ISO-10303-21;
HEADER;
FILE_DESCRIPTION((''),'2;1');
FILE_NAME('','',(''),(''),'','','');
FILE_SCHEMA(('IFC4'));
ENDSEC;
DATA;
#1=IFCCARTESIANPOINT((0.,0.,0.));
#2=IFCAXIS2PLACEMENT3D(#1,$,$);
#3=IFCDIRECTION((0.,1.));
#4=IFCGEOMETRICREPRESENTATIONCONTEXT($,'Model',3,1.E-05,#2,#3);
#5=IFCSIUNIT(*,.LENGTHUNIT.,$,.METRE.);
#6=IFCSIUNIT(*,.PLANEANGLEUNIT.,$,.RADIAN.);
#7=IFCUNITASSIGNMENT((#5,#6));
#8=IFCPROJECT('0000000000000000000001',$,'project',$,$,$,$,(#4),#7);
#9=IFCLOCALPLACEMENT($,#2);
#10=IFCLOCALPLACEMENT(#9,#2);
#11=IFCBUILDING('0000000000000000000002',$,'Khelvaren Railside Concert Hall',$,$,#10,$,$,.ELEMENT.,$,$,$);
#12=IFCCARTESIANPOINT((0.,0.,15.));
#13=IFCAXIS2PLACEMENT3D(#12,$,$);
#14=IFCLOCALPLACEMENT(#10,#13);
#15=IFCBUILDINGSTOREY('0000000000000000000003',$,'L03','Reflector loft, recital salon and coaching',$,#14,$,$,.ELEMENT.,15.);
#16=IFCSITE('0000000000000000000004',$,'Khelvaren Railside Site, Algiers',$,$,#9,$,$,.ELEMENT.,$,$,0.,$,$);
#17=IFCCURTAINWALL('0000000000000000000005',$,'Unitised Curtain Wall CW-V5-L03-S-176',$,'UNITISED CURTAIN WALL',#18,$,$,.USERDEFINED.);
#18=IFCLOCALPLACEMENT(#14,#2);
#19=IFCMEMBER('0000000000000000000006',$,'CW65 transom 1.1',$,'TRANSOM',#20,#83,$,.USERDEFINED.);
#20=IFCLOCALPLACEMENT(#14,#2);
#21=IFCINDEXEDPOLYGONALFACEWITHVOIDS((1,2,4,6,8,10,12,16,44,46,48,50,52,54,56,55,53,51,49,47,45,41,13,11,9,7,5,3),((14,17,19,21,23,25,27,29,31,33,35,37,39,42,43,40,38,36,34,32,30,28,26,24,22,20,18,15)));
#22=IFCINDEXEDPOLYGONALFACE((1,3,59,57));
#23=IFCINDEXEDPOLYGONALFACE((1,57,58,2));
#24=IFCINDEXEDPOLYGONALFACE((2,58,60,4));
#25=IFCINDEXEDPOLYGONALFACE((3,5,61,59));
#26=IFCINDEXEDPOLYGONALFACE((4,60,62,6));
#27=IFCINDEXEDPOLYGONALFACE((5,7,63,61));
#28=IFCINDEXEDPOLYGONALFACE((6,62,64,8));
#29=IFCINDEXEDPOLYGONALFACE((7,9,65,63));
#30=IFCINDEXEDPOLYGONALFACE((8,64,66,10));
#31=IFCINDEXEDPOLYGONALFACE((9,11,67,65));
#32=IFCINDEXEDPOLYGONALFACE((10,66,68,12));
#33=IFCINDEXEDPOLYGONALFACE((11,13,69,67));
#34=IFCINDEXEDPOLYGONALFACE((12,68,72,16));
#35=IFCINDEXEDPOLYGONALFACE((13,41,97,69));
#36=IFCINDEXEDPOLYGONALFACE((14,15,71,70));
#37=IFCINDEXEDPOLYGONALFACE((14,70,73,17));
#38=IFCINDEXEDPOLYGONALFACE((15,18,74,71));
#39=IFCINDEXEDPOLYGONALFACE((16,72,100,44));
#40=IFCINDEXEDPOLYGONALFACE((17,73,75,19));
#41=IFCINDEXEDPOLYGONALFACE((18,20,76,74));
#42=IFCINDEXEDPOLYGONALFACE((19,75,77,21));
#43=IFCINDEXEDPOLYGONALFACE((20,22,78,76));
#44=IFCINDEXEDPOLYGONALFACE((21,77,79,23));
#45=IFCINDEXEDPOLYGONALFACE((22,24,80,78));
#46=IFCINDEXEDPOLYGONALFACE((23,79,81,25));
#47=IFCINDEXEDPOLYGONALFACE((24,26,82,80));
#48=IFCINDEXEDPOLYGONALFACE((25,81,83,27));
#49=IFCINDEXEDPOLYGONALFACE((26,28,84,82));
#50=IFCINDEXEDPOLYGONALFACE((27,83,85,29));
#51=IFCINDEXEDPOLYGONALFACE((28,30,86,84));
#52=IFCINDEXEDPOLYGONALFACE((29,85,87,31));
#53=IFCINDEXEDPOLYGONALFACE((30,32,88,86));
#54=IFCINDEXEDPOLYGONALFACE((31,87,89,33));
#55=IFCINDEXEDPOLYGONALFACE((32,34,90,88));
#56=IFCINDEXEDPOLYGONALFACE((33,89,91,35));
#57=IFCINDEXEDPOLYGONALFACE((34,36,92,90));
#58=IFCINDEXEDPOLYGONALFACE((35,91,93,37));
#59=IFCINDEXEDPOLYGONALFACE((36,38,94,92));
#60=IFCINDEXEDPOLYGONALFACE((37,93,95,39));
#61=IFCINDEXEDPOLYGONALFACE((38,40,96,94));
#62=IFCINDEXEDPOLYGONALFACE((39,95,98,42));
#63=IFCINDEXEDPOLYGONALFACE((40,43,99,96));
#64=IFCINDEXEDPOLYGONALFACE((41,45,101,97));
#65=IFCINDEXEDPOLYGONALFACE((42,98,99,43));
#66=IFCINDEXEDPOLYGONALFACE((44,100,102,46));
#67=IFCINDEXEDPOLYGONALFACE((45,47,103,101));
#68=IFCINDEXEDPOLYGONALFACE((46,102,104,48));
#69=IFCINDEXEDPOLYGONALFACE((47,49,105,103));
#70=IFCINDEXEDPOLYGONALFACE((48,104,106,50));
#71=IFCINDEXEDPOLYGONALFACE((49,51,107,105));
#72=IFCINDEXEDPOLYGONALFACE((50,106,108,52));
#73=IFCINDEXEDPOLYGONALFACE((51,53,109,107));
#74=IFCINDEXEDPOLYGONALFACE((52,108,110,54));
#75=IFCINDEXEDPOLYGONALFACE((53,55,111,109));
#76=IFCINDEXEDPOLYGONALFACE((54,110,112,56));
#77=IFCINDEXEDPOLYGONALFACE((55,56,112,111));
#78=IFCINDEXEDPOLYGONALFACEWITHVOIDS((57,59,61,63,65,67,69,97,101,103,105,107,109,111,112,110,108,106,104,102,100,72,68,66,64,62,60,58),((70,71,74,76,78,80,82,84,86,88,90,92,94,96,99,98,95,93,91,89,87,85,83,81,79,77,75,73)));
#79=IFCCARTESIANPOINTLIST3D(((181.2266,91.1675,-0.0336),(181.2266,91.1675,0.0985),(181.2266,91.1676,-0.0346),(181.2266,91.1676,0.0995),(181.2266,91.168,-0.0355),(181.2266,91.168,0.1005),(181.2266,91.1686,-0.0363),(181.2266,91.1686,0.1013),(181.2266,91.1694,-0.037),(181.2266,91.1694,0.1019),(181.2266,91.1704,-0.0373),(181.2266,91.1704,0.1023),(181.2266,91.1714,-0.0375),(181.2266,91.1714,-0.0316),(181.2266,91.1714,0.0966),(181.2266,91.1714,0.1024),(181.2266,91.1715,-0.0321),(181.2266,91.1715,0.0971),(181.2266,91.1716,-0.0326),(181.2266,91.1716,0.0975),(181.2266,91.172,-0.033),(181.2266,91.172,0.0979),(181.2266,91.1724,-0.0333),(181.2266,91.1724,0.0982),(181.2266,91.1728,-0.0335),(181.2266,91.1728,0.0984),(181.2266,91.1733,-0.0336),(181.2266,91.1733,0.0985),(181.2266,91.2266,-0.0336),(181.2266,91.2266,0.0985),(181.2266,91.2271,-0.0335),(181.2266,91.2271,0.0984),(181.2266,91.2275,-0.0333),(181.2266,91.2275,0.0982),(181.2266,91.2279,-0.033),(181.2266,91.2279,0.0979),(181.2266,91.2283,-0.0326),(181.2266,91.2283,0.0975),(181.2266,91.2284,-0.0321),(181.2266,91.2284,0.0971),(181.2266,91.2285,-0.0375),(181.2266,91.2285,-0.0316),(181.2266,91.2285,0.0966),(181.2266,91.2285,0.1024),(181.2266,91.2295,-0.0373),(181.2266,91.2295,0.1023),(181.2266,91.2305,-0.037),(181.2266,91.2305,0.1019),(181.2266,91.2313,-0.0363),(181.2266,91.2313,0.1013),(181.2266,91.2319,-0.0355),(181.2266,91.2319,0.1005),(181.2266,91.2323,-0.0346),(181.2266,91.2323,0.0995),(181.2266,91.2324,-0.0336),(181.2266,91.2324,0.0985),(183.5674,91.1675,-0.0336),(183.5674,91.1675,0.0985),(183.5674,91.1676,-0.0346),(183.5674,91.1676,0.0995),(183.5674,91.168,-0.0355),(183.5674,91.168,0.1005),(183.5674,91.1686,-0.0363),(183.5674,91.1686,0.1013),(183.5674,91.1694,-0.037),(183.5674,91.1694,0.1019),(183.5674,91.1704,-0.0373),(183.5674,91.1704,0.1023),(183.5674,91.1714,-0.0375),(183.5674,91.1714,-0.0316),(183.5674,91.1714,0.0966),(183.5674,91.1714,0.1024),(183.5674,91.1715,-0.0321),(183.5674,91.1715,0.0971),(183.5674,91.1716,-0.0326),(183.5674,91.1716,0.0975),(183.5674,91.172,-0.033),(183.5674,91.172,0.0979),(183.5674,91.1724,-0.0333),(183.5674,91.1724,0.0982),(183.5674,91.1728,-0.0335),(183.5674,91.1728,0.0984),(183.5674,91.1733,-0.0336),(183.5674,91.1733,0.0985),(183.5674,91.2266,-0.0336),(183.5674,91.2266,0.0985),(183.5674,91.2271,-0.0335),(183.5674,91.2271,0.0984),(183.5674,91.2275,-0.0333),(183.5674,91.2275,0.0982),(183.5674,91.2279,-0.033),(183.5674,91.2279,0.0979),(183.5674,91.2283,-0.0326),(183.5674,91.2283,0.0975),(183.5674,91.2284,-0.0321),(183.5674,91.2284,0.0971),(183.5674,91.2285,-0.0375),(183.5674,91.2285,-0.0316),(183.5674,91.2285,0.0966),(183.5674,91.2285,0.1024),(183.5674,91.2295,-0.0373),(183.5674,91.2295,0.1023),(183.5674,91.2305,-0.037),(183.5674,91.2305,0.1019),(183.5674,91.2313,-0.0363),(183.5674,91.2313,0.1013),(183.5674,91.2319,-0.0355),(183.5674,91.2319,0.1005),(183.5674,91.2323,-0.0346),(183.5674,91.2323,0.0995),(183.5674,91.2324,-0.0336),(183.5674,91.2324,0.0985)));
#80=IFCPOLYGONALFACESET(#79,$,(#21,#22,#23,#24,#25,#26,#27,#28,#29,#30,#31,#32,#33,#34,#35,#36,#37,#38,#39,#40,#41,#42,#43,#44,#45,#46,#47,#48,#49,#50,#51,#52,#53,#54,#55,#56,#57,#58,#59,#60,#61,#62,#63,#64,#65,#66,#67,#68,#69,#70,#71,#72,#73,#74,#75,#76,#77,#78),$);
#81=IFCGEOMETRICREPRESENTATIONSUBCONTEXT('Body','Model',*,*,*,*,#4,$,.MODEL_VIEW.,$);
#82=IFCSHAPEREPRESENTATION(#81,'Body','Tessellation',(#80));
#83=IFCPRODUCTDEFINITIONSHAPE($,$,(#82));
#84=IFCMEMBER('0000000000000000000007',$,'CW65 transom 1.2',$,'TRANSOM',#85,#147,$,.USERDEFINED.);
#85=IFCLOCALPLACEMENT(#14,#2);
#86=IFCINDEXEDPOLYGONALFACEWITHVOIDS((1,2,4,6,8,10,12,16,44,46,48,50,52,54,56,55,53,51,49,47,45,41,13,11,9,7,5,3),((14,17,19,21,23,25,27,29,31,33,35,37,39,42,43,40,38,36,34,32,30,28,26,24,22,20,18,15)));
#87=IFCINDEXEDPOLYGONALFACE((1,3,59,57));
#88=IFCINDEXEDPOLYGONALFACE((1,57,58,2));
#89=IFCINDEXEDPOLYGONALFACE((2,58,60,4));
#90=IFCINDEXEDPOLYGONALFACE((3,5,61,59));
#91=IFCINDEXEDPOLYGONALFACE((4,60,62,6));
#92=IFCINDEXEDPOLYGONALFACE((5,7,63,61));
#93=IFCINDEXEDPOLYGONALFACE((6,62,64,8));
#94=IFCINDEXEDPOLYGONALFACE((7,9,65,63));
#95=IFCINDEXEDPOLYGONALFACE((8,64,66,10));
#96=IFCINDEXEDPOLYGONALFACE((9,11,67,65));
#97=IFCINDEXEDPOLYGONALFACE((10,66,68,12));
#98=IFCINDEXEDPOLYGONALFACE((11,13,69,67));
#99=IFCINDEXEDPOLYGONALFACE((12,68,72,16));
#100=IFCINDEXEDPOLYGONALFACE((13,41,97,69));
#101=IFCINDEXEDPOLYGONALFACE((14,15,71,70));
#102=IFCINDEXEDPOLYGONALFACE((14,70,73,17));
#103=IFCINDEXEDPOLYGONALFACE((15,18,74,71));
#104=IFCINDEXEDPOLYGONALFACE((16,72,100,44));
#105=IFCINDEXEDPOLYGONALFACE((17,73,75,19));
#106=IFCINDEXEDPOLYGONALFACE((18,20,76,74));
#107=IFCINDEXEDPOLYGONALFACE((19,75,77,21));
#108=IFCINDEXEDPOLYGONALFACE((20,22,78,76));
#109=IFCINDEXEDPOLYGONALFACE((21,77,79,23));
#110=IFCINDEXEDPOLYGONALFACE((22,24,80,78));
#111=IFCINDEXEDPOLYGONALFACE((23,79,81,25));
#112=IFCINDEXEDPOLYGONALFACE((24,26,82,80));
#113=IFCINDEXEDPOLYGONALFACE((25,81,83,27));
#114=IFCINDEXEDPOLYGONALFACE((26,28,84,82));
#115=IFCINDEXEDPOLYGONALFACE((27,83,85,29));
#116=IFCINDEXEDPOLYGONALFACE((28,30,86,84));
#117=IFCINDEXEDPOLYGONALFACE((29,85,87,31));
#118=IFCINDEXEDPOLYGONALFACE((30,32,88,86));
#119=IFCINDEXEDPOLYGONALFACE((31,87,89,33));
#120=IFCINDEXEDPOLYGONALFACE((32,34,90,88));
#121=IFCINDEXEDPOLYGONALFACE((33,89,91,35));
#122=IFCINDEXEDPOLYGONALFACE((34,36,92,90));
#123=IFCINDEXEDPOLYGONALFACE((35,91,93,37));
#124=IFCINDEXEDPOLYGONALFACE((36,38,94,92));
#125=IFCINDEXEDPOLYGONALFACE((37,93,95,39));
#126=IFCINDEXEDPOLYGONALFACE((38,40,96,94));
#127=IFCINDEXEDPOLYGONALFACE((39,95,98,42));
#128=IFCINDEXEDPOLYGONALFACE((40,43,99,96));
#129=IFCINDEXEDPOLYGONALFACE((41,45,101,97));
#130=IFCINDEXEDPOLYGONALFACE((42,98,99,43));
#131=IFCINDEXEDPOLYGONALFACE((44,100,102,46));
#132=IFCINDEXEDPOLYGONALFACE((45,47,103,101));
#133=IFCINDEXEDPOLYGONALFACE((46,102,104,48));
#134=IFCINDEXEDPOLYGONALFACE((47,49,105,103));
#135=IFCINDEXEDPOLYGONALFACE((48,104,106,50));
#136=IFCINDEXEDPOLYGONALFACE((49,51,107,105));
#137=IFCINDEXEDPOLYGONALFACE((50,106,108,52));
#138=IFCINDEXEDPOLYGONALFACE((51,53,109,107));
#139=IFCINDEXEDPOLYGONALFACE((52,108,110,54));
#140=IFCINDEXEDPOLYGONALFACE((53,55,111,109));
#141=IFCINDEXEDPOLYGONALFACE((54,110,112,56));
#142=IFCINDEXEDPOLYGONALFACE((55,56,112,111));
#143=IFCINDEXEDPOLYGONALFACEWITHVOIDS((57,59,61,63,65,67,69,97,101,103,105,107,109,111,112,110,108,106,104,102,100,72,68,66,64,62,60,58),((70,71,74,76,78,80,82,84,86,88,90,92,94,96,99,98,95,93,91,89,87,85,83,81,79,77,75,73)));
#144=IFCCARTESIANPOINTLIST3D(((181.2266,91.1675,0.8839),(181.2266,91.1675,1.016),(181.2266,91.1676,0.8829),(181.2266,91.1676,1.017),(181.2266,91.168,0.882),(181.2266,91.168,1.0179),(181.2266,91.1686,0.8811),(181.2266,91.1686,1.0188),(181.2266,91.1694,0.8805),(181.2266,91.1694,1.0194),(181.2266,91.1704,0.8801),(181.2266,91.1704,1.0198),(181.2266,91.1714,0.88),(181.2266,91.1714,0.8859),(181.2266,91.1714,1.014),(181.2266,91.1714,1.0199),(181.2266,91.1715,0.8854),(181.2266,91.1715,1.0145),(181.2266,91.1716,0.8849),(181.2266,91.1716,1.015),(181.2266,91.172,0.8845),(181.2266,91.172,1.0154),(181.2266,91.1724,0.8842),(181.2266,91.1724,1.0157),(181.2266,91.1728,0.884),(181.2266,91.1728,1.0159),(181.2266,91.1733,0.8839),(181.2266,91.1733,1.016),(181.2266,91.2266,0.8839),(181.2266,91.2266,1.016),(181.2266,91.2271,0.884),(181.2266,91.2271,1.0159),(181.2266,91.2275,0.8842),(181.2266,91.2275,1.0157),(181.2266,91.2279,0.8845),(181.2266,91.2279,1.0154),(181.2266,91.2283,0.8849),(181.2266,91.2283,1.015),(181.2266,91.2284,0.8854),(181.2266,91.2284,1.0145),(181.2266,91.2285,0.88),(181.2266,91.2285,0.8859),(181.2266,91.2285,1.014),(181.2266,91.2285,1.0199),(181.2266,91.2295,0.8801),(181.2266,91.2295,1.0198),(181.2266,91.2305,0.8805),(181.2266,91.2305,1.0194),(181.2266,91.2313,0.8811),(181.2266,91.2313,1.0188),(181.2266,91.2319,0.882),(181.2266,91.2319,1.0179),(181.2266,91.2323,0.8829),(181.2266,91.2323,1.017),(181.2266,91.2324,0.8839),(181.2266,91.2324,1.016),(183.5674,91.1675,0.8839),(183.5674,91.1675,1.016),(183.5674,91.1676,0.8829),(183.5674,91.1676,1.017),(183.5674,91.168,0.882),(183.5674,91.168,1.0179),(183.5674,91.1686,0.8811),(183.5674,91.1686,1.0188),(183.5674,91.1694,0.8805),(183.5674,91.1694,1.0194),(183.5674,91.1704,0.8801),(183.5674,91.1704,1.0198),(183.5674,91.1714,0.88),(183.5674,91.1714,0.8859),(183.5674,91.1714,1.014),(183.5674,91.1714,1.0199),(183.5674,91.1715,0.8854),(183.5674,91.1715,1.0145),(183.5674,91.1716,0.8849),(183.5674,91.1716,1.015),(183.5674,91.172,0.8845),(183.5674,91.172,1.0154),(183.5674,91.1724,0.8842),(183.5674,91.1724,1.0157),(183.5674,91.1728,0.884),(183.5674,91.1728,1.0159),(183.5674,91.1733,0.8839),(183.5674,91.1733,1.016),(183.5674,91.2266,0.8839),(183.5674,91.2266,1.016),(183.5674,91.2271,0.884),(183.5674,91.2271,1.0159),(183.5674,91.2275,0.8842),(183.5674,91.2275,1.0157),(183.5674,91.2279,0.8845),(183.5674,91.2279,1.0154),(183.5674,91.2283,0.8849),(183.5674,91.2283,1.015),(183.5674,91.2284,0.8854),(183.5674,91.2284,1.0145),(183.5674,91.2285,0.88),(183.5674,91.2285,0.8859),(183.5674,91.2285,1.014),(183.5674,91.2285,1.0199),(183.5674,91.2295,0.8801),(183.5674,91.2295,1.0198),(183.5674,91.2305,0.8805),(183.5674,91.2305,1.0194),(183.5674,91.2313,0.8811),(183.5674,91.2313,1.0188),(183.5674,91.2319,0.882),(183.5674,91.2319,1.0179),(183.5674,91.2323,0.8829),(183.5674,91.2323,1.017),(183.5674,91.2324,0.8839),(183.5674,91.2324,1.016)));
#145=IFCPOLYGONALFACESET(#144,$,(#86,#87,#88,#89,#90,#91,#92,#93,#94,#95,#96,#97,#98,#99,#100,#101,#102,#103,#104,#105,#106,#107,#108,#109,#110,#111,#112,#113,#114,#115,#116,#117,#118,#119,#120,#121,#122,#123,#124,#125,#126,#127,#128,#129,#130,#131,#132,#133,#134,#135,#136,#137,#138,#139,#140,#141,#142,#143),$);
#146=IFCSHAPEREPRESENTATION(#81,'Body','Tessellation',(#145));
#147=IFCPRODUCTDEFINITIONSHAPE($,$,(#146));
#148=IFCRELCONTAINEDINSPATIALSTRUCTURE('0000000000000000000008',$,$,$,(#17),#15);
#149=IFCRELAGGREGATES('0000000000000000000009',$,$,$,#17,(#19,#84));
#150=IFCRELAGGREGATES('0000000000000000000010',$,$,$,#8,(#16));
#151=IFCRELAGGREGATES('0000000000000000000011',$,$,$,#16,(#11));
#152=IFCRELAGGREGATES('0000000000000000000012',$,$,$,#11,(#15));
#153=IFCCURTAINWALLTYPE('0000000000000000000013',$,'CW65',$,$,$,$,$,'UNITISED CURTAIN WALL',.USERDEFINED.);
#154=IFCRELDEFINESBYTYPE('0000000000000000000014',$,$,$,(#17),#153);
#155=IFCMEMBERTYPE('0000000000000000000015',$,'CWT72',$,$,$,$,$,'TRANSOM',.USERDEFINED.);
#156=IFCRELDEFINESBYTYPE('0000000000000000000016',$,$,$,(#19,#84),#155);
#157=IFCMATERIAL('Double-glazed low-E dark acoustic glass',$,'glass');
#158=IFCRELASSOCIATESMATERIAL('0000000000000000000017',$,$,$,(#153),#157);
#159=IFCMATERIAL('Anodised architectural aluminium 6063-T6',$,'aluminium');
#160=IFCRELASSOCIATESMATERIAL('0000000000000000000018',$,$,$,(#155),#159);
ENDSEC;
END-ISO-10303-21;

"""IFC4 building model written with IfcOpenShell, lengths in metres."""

from ifc_helpers import new_model, si_unit, direction, frame, origin, origin_2d, place, context, subcontext, project, spatial, hollow_rectangle, extrude, material, material_profile, profile_set, type_object, element, aggregate, save


model = new_model("IFC4")

# Units and contexts
model_context = context("Model", 3, precision=1e-05, world=origin(), true_north=direction((0.0, 1.0)))
body_context = subcontext(model_context, "Body", "Model", "MODEL_VIEW")
ifc_project = project(units=[si_unit("LENGTHUNIT", "METRE"), si_unit("PLANEANGLEUNIT", "RADIAN")], contexts=[model_context])

# Site, building, storey
site_placement = place(None, origin())
site = spatial("IfcSite", under=ifc_project, at=site_placement, Name="Khelvaren Railside Site, Algiers", CompositionType="ELEMENT", RefElevation=0.0)
building_placement = place(site_placement, origin())
building = spatial("IfcBuilding", under=site, at=building_placement, Name="Khelvaren Railside Concert Hall", CompositionType="ELEMENT")
storey_placement = place(building_placement, frame((0.0, 0.0, 15.0)))
storey = spatial("IfcBuildingStorey", under=building, at=storey_placement, Name="L03", Description="Reflector loft, recital salon and coaching", CompositionType="ELEMENT", Elevation=15.0)

# Shared definitions
ifc_material_1 = material(Name="Anodised architectural aluminium 6063-T6", Category="aluminium")

# Curtain wall, members
ifc_material_2 = material(Name="Double-glazed low-E dark acoustic glass", Category="glass")
curtain_wall_type_1 = type_object("IfcCurtainWallType", Name="CW65", ElementType="UNITISED CURTAIN WALL", PredefinedType="USERDEFINED", material=ifc_material_2)
curtain_wall_1_placement = place(storey_placement, origin())
curtain_wall_1 = element("IfcCurtainWall", 1, at=curtain_wall_1_placement, inside=storey, type_object=curtain_wall_type_1, Name="Unitised Curtain Wall CW-V5-L03-S-176", ObjectType="UNITISED CURTAIN WALL", PredefinedType="USERDEFINED")
ifc_material_profile_1 = material_profile(ifc_material_1, hollow_rectangle(XDim=0.0649, YDim=0.1399, WallThickness=0.0039, InnerFilletRadius=0.002, OuterFilletRadius=0.0039, at=origin_2d()), Name="CWT 65x140x4")
ifc_profile_set_1 = profile_set([ifc_material_profile_1], Name="Anodised architectural aluminium 6063-T6")
member_type_1 = type_object("IfcMemberType", Name="CWT72", ElementType="TRANSOM", PredefinedType="USERDEFINED", material=ifc_profile_set_1)
member_1_placement = place(storey_placement, frame((183.5674, 91.2, 0.0325), z_axis=(-1.0, 0.0, 0.0), x_axis=(0.0, -1.0, 0.0)))
member_1 = element("IfcMember", 2, at=member_1_placement, type_object=member_type_1, Name="CW65 transom 1.1", ObjectType="TRANSOM", PredefinedType="USERDEFINED", context=body_context, shape_type="SweptSolid", body=[
    extrude(hollow_rectangle(XDim=0.0649, YDim=0.1399, WallThickness=0.0039, InnerFilletRadius=0.002, OuterFilletRadius=0.0039, at=origin_2d()), origin(), (0.0, 0.0, 1.0), 2.3408),
])
member_2_placement = place(storey_placement, frame((183.5674, 91.2, 0.95), z_axis=(-1.0, 0.0, 0.0), x_axis=(0.0, -1.0, 0.0)))
member_2 = element("IfcMember", 3, at=member_2_placement, type_object=member_type_1, Name="CW65 transom 1.2", ObjectType="TRANSOM", PredefinedType="USERDEFINED", context=body_context, shape_type="SweptSolid", body=[
    extrude(hollow_rectangle(XDim=0.0649, YDim=0.1399, WallThickness=0.0039, InnerFilletRadius=0.002, OuterFilletRadius=0.0039, at=origin_2d()), origin(), (0.0, 0.0, 1.0), 2.3408),
])

aggregate(curtain_wall_1, [member_1, member_2])

save(model, "model.ifc")
